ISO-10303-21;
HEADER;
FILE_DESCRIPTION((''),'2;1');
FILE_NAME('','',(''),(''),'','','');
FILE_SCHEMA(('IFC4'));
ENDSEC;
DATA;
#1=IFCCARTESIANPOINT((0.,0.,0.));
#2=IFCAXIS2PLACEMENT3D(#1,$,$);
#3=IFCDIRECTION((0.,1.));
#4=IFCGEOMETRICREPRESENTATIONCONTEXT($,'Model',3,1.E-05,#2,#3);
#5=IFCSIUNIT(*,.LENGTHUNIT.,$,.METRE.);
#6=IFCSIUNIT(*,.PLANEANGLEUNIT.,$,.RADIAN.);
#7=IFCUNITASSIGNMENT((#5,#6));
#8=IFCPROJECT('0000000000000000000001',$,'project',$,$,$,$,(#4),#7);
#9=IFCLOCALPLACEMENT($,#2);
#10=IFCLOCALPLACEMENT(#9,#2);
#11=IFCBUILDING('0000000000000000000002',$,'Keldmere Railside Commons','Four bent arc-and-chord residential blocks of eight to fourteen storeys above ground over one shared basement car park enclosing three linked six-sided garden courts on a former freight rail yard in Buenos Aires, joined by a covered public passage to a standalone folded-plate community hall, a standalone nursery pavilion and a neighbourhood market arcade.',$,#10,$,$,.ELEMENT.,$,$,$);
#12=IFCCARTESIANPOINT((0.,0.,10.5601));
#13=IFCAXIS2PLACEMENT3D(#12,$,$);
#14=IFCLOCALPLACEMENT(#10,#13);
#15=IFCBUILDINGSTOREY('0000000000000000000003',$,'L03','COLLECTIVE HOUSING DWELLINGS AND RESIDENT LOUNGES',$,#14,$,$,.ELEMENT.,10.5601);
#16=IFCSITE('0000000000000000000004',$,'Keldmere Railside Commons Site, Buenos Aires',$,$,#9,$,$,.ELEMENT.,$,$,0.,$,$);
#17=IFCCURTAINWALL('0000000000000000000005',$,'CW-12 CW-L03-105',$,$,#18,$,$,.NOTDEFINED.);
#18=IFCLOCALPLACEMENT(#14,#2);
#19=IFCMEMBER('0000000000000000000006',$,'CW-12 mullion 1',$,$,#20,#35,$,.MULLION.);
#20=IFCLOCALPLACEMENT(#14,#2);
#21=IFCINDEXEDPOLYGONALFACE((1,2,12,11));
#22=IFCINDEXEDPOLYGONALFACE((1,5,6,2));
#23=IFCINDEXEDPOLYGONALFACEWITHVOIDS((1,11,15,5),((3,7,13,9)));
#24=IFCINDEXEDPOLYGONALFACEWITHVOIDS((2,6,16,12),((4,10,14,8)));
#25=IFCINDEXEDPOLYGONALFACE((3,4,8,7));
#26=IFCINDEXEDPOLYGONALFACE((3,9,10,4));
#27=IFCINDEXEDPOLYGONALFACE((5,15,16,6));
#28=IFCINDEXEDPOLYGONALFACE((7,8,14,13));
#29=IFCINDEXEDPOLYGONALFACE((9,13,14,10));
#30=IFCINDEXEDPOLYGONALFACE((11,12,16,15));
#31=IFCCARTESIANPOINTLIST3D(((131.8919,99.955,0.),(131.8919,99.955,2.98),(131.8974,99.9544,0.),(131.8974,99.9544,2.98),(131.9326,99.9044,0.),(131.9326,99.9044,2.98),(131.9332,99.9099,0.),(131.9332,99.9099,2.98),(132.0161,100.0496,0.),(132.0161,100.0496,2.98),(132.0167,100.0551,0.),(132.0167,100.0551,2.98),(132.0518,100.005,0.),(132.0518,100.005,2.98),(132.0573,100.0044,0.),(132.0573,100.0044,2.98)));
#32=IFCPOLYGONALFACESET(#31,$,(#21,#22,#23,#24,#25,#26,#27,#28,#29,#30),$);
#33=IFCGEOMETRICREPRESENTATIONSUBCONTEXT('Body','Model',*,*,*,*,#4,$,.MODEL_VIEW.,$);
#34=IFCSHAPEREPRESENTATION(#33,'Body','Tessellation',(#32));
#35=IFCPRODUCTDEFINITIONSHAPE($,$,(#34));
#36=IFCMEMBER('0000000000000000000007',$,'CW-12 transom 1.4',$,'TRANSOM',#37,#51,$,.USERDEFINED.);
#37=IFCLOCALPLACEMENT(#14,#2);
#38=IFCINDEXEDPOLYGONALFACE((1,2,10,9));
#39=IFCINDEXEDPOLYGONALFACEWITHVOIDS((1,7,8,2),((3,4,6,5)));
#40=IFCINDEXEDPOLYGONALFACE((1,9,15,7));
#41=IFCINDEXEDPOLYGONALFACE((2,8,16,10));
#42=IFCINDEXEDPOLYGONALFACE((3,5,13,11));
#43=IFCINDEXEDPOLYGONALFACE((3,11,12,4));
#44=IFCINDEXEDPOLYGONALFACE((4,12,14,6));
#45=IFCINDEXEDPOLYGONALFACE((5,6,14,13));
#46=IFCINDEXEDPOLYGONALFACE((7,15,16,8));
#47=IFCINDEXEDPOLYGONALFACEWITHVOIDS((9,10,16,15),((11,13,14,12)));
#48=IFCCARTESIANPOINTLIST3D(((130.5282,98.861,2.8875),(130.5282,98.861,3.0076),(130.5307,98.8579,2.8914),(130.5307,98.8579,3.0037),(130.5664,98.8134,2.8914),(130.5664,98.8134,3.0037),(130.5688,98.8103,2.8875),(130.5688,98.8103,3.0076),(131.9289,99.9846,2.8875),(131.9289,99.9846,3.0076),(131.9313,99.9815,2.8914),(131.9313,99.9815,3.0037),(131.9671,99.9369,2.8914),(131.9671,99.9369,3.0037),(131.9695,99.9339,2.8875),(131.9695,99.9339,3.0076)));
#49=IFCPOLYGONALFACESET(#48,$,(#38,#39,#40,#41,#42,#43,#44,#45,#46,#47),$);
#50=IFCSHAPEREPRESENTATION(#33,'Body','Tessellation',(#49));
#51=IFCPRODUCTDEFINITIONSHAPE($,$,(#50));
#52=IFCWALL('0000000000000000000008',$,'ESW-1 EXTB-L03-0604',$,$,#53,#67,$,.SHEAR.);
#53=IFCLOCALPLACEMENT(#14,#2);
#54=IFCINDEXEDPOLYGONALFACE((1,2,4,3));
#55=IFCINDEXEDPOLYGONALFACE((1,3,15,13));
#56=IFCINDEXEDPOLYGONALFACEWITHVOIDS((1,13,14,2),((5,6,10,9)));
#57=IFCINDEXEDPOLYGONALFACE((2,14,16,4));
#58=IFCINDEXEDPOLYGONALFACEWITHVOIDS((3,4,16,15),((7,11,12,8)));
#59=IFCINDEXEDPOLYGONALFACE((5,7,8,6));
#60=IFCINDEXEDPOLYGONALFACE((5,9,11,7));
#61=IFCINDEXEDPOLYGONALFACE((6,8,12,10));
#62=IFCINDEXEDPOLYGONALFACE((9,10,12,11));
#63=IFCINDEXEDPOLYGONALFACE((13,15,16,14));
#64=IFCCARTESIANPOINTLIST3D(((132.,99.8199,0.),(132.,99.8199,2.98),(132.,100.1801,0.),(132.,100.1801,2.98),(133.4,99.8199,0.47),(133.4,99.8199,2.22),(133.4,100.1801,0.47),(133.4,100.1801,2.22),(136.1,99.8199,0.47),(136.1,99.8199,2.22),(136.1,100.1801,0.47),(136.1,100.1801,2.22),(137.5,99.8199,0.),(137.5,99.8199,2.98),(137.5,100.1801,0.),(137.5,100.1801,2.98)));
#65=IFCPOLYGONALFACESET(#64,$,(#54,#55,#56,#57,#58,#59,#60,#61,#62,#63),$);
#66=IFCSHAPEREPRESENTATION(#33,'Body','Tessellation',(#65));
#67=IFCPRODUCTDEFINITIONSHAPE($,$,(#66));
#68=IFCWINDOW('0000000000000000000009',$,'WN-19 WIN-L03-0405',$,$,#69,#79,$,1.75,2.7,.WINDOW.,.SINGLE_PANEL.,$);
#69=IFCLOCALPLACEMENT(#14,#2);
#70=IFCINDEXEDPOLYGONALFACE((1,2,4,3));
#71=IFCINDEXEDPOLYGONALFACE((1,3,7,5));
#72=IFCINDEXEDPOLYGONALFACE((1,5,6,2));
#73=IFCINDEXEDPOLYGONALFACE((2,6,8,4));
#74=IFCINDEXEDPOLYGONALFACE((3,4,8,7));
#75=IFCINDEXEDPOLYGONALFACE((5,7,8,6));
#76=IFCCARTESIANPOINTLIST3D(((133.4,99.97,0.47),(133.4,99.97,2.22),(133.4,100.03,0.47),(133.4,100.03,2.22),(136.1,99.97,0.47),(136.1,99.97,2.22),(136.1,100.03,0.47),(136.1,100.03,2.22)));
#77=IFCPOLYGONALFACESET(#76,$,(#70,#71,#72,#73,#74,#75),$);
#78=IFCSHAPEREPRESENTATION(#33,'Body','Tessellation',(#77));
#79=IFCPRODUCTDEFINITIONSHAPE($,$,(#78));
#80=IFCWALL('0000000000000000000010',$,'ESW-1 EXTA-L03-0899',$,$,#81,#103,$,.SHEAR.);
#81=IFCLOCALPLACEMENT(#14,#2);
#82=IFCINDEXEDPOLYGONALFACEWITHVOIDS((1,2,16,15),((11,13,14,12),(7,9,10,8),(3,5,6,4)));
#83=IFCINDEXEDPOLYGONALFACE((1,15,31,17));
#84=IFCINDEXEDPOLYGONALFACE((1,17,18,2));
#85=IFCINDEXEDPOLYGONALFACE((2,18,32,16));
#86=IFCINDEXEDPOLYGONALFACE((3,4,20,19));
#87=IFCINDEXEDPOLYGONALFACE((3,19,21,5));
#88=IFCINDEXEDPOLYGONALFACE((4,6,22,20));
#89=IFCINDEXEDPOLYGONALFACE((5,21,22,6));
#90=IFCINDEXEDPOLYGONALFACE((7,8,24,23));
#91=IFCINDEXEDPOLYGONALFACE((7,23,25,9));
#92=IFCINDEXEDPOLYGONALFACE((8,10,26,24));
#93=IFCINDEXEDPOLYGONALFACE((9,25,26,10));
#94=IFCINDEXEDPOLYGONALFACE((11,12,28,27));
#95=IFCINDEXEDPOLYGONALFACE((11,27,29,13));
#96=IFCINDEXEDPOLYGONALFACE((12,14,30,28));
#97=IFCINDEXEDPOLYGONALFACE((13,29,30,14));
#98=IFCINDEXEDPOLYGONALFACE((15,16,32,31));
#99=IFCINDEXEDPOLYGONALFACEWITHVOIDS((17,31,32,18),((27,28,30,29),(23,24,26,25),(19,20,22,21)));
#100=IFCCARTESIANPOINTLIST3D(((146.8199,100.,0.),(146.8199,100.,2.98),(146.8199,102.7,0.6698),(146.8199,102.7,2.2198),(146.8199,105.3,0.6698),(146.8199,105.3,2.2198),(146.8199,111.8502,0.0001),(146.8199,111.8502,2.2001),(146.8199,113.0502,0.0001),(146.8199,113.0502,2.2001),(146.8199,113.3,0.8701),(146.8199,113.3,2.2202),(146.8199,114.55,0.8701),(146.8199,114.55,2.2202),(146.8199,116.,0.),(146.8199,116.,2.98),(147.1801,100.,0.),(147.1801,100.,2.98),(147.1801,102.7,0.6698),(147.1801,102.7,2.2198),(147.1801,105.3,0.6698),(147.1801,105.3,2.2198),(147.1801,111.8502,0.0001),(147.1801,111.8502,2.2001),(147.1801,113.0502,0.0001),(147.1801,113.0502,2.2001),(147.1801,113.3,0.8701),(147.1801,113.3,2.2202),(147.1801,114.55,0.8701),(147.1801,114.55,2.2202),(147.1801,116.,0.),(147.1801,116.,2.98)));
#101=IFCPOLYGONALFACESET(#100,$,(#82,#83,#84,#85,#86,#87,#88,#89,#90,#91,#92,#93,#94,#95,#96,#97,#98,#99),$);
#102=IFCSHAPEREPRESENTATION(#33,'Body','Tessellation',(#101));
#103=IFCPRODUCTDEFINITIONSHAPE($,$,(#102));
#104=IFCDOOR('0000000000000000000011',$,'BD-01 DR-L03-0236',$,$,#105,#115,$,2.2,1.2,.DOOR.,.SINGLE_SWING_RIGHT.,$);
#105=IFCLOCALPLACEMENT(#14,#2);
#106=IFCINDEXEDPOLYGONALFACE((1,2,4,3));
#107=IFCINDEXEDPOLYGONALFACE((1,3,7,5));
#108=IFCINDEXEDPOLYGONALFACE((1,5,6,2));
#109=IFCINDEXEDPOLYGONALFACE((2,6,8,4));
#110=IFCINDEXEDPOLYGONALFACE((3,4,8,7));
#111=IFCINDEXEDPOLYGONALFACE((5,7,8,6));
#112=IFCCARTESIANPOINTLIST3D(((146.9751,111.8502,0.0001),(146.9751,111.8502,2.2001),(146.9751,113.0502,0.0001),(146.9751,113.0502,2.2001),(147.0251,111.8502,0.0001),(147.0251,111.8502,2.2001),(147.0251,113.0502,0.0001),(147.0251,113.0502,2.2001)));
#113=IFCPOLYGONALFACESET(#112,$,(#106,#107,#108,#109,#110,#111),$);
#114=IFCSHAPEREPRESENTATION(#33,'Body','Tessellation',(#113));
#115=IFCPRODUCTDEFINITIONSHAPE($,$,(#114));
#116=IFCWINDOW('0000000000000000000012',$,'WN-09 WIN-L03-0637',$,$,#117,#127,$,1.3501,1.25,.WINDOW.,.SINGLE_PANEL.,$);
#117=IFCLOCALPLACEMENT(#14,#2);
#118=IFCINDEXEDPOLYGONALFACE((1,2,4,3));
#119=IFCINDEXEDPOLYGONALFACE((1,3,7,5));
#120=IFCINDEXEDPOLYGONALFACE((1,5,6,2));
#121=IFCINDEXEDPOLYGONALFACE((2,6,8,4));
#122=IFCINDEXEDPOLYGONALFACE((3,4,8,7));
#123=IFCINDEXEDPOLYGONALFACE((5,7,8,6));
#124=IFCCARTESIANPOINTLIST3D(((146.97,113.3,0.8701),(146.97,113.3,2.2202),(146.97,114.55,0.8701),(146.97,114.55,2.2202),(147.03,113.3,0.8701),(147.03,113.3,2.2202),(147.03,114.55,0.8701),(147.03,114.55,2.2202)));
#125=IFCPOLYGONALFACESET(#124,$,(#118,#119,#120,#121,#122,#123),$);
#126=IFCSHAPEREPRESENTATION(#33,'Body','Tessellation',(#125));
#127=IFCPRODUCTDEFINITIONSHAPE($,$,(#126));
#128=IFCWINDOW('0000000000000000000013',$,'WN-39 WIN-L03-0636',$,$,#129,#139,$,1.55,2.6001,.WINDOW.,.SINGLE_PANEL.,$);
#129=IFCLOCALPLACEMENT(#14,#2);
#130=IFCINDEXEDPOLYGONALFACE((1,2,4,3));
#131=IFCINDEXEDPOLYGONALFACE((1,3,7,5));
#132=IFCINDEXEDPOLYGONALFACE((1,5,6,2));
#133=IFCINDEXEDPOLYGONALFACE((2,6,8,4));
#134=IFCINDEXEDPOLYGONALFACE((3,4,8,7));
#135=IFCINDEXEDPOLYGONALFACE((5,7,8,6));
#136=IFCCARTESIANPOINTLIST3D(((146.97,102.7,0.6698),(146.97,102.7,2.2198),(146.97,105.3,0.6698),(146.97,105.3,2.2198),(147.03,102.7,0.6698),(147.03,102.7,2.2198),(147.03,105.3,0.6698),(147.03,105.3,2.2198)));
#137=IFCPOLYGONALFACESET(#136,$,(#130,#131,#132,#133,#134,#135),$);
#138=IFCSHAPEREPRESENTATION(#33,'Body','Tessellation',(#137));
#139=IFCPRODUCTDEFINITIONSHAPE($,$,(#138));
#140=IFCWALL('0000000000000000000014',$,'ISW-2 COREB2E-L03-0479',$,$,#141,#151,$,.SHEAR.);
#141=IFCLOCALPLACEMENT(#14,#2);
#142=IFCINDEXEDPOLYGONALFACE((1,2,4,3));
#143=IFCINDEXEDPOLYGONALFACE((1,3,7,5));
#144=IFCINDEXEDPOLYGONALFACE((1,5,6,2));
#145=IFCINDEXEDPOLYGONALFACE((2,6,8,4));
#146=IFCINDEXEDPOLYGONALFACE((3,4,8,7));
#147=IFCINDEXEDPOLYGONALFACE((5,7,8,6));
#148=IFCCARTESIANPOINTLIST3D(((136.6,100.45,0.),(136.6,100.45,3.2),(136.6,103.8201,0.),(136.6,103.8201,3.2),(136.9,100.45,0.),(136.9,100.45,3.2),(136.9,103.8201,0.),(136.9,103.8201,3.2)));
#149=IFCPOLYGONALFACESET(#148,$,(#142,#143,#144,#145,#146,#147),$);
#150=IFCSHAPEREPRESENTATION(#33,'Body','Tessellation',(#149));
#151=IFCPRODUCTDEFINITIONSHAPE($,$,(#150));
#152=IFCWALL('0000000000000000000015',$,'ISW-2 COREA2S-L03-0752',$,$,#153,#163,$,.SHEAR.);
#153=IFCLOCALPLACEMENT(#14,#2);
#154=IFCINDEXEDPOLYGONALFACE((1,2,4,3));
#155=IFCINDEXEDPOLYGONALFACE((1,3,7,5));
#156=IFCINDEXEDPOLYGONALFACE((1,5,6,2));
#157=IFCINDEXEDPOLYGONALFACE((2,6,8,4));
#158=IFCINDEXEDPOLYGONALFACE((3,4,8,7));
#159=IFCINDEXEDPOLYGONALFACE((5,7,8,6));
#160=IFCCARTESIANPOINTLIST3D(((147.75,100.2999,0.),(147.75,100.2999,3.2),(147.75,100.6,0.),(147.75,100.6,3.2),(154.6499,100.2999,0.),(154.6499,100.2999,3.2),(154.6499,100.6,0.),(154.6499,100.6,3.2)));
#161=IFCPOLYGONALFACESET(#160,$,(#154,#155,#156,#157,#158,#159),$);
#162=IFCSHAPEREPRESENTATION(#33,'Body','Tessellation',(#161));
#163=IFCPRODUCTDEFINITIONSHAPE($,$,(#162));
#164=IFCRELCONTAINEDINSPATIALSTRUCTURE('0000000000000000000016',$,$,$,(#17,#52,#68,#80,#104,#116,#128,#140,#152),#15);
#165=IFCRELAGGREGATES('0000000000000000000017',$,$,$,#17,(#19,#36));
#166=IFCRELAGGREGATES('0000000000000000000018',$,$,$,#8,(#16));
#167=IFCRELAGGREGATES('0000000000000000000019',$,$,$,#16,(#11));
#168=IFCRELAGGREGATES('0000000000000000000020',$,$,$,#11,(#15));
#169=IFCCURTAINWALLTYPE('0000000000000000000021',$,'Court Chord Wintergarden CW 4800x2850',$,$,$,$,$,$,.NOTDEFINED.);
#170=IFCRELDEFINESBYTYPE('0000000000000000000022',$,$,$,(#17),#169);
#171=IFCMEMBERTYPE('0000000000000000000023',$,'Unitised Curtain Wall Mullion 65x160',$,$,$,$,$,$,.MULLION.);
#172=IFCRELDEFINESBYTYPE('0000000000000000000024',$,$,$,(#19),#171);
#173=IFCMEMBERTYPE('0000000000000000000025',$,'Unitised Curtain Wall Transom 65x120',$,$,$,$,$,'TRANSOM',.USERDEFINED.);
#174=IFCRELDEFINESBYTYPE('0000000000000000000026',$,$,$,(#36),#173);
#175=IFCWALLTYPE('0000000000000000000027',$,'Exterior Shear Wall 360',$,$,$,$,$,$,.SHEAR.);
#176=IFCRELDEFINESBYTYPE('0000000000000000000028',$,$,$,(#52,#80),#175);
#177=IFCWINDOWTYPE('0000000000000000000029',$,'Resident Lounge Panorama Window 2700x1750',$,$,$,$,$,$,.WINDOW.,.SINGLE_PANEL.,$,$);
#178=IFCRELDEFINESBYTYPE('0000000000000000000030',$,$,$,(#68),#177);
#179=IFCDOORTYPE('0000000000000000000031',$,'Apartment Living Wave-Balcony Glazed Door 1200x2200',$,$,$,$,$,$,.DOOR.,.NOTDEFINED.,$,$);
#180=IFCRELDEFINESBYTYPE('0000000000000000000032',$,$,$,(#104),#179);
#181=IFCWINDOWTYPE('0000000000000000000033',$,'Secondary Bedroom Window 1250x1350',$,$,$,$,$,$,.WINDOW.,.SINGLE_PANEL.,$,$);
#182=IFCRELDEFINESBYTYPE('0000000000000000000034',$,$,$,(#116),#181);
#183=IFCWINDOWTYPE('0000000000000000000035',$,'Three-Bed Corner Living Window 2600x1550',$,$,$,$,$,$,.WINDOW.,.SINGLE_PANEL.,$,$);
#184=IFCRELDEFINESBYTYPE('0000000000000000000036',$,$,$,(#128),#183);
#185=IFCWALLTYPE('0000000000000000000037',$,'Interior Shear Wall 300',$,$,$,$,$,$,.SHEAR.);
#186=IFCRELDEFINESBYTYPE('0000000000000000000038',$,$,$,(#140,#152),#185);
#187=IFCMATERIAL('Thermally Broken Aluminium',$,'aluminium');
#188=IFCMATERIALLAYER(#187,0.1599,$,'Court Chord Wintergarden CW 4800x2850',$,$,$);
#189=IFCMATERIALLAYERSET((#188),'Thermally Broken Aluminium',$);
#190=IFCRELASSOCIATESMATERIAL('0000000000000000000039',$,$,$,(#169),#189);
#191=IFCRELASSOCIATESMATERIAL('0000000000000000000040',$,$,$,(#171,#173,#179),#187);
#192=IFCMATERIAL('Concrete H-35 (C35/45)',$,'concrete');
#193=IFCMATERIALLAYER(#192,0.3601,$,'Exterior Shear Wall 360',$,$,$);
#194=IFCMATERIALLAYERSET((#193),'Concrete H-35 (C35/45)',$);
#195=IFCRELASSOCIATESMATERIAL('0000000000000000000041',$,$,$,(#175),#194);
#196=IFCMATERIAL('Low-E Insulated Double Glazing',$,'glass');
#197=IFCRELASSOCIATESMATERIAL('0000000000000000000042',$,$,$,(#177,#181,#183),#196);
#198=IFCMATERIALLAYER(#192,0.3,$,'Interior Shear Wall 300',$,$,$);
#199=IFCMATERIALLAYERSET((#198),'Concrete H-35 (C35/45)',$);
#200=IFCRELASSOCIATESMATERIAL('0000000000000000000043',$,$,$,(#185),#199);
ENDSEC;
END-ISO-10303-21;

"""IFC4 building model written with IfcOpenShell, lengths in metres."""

from ifc_helpers import new_model, si_unit, direction, frame, frame_2d, origin, origin_2d, place, context, subcontext, project, spatial, rectangle, hollow_rectangle, extrude, material, layer, layer_set, material_profile, profile_set, type_object, element, fill, aggregate, save


model = new_model("IFC4")

# Units and contexts
model_context = context("Model", 3, precision=1e-05, world=origin(), true_north=direction((0.0, 1.0)))
body_context = subcontext(model_context, "Body", "Model", "MODEL_VIEW")
ifc_project = project(units=[si_unit("LENGTHUNIT", "METRE"), si_unit("PLANEANGLEUNIT", "RADIAN")], contexts=[model_context])

# Site, building, storey
site_placement = place(None, origin())
site = spatial("IfcSite", under=ifc_project, at=site_placement, Name="Keldmere Railside Commons Site, Buenos Aires", CompositionType="ELEMENT", RefElevation=0.0)
building_placement = place(site_placement, origin())
building = spatial("IfcBuilding", under=site, at=building_placement, Name="Keldmere Railside Commons", Description="Four bent arc-and-chord residential blocks of eight to fourteen storeys above ground over one shared basement car park enclosing three linked six-sided garden courts on a former freight rail yard in Buenos Aires, joined by a covered public passage to a standalone folded-plate community hall, a standalone nursery pavilion and a neighbourhood market arcade.", CompositionType="ELEMENT")
storey_placement = place(building_placement, frame((0.0, 0.0, 10.5601)))
storey = spatial("IfcBuildingStorey", under=building, at=storey_placement, Name="L03", Description="COLLECTIVE HOUSING DWELLINGS AND RESIDENT LOUNGES", CompositionType="ELEMENT", Elevation=10.5601)

# Curtain wall, members
ifc_material_1 = material(Name="Thermally Broken Aluminium", Category="aluminium")
ifc_layer_1 = layer(ifc_material_1, 0.1599, Name="Court Chord Wintergarden CW 4800x2850")
ifc_layer_set_1 = layer_set([ifc_layer_1], Name="Thermally Broken Aluminium")
curtain_wall_type = type_object("IfcCurtainWallType", Name="Court Chord Wintergarden CW 4800x2850", PredefinedType="NOTDEFINED", material=ifc_layer_set_1)
curtain_wall_placement = place(storey_placement, origin())
curtain_wall = element("IfcCurtainWall", 1, at=curtain_wall_placement, inside=storey, type_object=curtain_wall_type, Name="CW-12 CW-L03-105", PredefinedType="NOTDEFINED")
ifc_material_profile_1 = material_profile(ifc_material_1, hollow_rectangle(XDim=0.0649, YDim=0.1599, WallThickness=0.0039, at=origin_2d()), Name="ALU-MULL-65x160")
ifc_profile_set_1 = profile_set([ifc_material_profile_1], Name="Thermally Broken Aluminium")
member_type_1 = type_object("IfcMemberType", Name="Unitised Curtain Wall Mullion 65x160", PredefinedType="MULLION", material=ifc_profile_set_1)
member_1_placement = place(storey_placement, frame((131.9746, 99.9797, 0.0), z_axis=(0.0, 0.0, 1.0), x_axis=(0.625768, -0.780009, 0.0)))
member_1 = element("IfcMember", 2, at=member_1_placement, type_object=member_type_1, Name="CW-12 mullion 1", PredefinedType="MULLION", context=body_context, shape_type="SweptSolid", body=[
    extrude(hollow_rectangle(XDim=0.0649, YDim=0.1599, WallThickness=0.0039, at=origin_2d()), origin(), (0.0, 0.0, 1.0), 2.98),
])
ifc_material_profile_2 = material_profile(ifc_material_1, hollow_rectangle(XDim=0.0649, YDim=0.1201, WallThickness=0.0039, at=origin_2d()), Name="ALU-TRAN-65x120")
ifc_profile_set_2 = profile_set([ifc_material_profile_2], Name="Thermally Broken Aluminium")
member_type_2 = type_object("IfcMemberType", Name="Unitised Curtain Wall Transom 65x120", ElementType="TRANSOM", PredefinedType="USERDEFINED", material=ifc_profile_set_2)
member_2_placement = place(storey_placement, frame((131.9492, 99.9592, 2.9475), z_axis=(-0.780046, -0.625723, 0.0), x_axis=(0.625723, -0.780046, 0.0)))
member_2 = element("IfcMember", 3, at=member_2_placement, type_object=member_type_2, Name="CW-12 transom 1.4", ObjectType="TRANSOM", PredefinedType="USERDEFINED", context=body_context, shape_type="SweptSolid", body=[
    extrude(hollow_rectangle(XDim=0.0649, YDim=0.1201, WallThickness=0.0039, at=origin_2d()), origin(), (0.0, 0.0, 1.0), 1.7957),
])
aggregate(curtain_wall, [member_1, member_2])

# Wall, opening, window
ifc_material_2 = material(Name="Concrete H-35 (C35/45)", Category="concrete")
ifc_layer_2 = layer(ifc_material_2, 0.3601, Name="Exterior Shear Wall 360")
ifc_layer_set_2 = layer_set([ifc_layer_2], Name="Concrete H-35 (C35/45)")
wall_type_1 = type_object("IfcWallType", Name="Exterior Shear Wall 360", PredefinedType="SHEAR", material=ifc_layer_set_2)
wall_1_placement = place(storey_placement, frame((137.5, 100.0, 0.0), z_axis=(0.0, 0.0, 1.0), x_axis=(-1.0, 0.0, 0.0)))
wall_1 = element("IfcWall", 4, at=wall_1_placement, inside=storey, type_object=wall_type_1, Name="ESW-1 EXTB-L03-0604", PredefinedType="SHEAR", context=body_context, shape_type="SweptSolid", body=[
    extrude(rectangle(XDim=5.5, YDim=0.3601, at=frame_2d((2.75, 0.0))), origin(), (0.0, 0.0, 1.0), 2.98),
])
opening_1_placement = place(wall_1_placement, frame((1.3999, 0.0, 0.47)))
opening_1 = element("IfcOpeningElement", 5, at=opening_1_placement, cuts=wall_1, PredefinedType="OPENING", context=body_context, shape_type="SweptSolid", body=[
    extrude(rectangle(XDim=2.7, YDim=1.75, at=frame_2d((1.3501, 0.875))), frame((0.0, 0.1899, 0.0), z_axis=(0.0, -1.0, 0.0), x_axis=(1.0, 0.0, 0.0)), (0.0, 0.0, 1.0), 0.3801),
])
ifc_material_3 = material(Name="Low-E Insulated Double Glazing", Category="glass")
window_type_1 = type_object("IfcWindowType", Name="Resident Lounge Panorama Window 2700x1750", PartitioningType="SINGLE_PANEL", PredefinedType="WINDOW", material=ifc_material_3)
window_1_placement = place(opening_1_placement, origin())
window_1 = element("IfcWindow", 6, at=window_1_placement, inside=storey, type_object=window_type_1, Name="WN-19 WIN-L03-0405", OverallHeight=1.75, OverallWidth=2.7, PartitioningType="SINGLE_PANEL", PredefinedType="WINDOW", context=body_context, shape_type="SweptSolid", body=[
    extrude(rectangle(XDim=2.7, YDim=1.75, at=frame_2d((1.3501, 0.875))), frame((0.0, 0.03, 0.0), z_axis=(0.0, -1.0, 0.0), x_axis=(1.0, 0.0, 0.0)), (0.0, 0.0, 1.0), 0.0601),
])
fill(opening_1, window_1)

# Wall, openings, door, windows
wall_2_placement = place(storey_placement, frame((147.0, 100.0, 0.0), z_axis=(0.0, 0.0, 1.0), x_axis=(0.0, 1.0, 0.0)))
wall_2 = element("IfcWall", 7, at=wall_2_placement, inside=storey, type_object=wall_type_1, Name="ESW-1 EXTA-L03-0899", PredefinedType="SHEAR", context=body_context, shape_type="SweptSolid", body=[
    extrude(rectangle(XDim=16.0, YDim=0.3601, at=frame_2d((8.0, 0.0))), origin(), (0.0, 0.0, 1.0), 2.98),
])
opening_2_placement = place(wall_2_placement, frame((2.7, 0.0, 0.6699)))
opening_2 = element("IfcOpeningElement", 8, at=opening_2_placement, cuts=wall_2, PredefinedType="OPENING", context=body_context, shape_type="SweptSolid", body=[
    extrude(rectangle(XDim=2.6001, YDim=1.55, at=frame_2d((1.3, 0.7749))), frame((0.0, 0.1899, 0.0), z_axis=(0.0, -1.0, 0.0), x_axis=(1.0, 0.0, 0.0)), (0.0, 0.0, 1.0), 0.3801),
])
opening_3_placement = place(wall_2_placement, frame((11.8501, 0.0, 0.0)))
opening_3 = element("IfcOpeningElement", 9, at=opening_3_placement, cuts=wall_2, PredefinedType="OPENING", context=body_context, shape_type="SweptSolid", body=[
    extrude(rectangle(XDim=1.2, YDim=2.2, at=frame_2d((0.6001, 1.1001))), frame((0.0, 0.1899, 0.0), z_axis=(0.0, -1.0, 0.0), x_axis=(1.0, 0.0, 0.0)), (0.0, 0.0, 1.0), 0.3801),
])
opening_4_placement = place(wall_2_placement, frame((13.3, 0.0, 0.8701)))
opening_4 = element("IfcOpeningElement", 10, at=opening_4_placement, cuts=wall_2, PredefinedType="OPENING", context=body_context, shape_type="SweptSolid", body=[
    extrude(rectangle(XDim=1.25, YDim=1.3501, at=frame_2d((0.625, 0.675))), frame((0.0, 0.1899, 0.0), z_axis=(0.0, -1.0, 0.0), x_axis=(1.0, 0.0, 0.0)), (0.0, 0.0, 1.0), 0.3801),
])
door_type_1 = type_object("IfcDoorType", Name="Apartment Living Wave-Balcony Glazed Door 1200x2200", OperationType="NOTDEFINED", PredefinedType="DOOR", material=ifc_material_1)
door_1_placement = place(opening_3_placement, origin())
door_1 = element("IfcDoor", 11, at=door_1_placement, inside=storey, type_object=door_type_1, Name="BD-01 DR-L03-0236", OperationType="SINGLE_SWING_RIGHT", OverallHeight=2.2, OverallWidth=1.2, PredefinedType="DOOR", context=body_context, shape_type="SweptSolid", body=[
    extrude(rectangle(XDim=1.2, YDim=2.2, at=frame_2d((0.6001, 1.1001))), frame((0.0, 0.0249, 0.0), z_axis=(0.0, -1.0, 0.0), x_axis=(1.0, 0.0, 0.0)), (0.0, 0.0, 1.0), 0.05),
])
fill(opening_3, door_1)
window_type_2 = type_object("IfcWindowType", Name="Secondary Bedroom Window 1250x1350", PartitioningType="SINGLE_PANEL", PredefinedType="WINDOW", material=ifc_material_3)
window_2_placement = place(opening_4_placement, origin())
window_2 = element("IfcWindow", 12, at=window_2_placement, inside=storey, type_object=window_type_2, Name="WN-09 WIN-L03-0637", OverallHeight=1.3501, OverallWidth=1.25, PartitioningType="SINGLE_PANEL", PredefinedType="WINDOW", context=body_context, shape_type="SweptSolid", body=[
    extrude(rectangle(XDim=1.25, YDim=1.3501, at=frame_2d((0.625, 0.675))), frame((0.0, 0.03, 0.0), z_axis=(0.0, -1.0, 0.0), x_axis=(1.0, 0.0, 0.0)), (0.0, 0.0, 1.0), 0.0601),
])
fill(opening_4, window_2)
window_type_3 = type_object("IfcWindowType", Name="Three-Bed Corner Living Window 2600x1550", PartitioningType="SINGLE_PANEL", PredefinedType="WINDOW", material=ifc_material_3)
window_3_placement = place(opening_2_placement, origin())
window_3 = element("IfcWindow", 13, at=window_3_placement, inside=storey, type_object=window_type_3, Name="WN-39 WIN-L03-0636", OverallHeight=1.55, OverallWidth=2.6001, PartitioningType="SINGLE_PANEL", PredefinedType="WINDOW", context=body_context, shape_type="SweptSolid", body=[
    extrude(rectangle(XDim=2.6001, YDim=1.55, at=frame_2d((1.3, 0.7749))), frame((0.0, 0.03, 0.0), z_axis=(0.0, -1.0, 0.0), x_axis=(1.0, 0.0, 0.0)), (0.0, 0.0, 1.0), 0.0601),
])
fill(opening_2, window_3)

# Walls
ifc_layer_3 = layer(ifc_material_2, 0.3, Name="Interior Shear Wall 300")
ifc_layer_set_3 = layer_set([ifc_layer_3], Name="Concrete H-35 (C35/45)")
wall_type_2 = type_object("IfcWallType", Name="Interior Shear Wall 300", PredefinedType="SHEAR", material=ifc_layer_set_3)
wall_3_placement = place(storey_placement, frame((136.75, 100.45, 0.0), z_axis=(0.0, 0.0, 1.0), x_axis=(0.0, 1.0, 0.0)))
element("IfcWall", 14, at=wall_3_placement, inside=storey, type_object=wall_type_2, Name="ISW-2 COREB2E-L03-0479", PredefinedType="SHEAR", context=body_context, shape_type="SweptSolid", body=[
    extrude(rectangle(XDim=3.3701, YDim=0.3, at=frame_2d((1.6851, 0.0))), origin(), (0.0, 0.0, 1.0), 3.2),
])
wall_4_placement = place(storey_placement, frame((147.75, 100.45, 0.0), z_axis=(0.0, 0.0, 1.0), x_axis=(1.0, 0.0, 0.0)))
element("IfcWall", 15, at=wall_4_placement, inside=storey, type_object=wall_type_2, Name="ISW-2 COREA2S-L03-0752", PredefinedType="SHEAR", context=body_context, shape_type="SweptSolid", body=[
    extrude(rectangle(XDim=6.8999, YDim=0.3, at=frame_2d((3.45, 0.0))), origin(), (0.0, 0.0, 1.0), 3.2),
])

save(model, "model.ifc")
